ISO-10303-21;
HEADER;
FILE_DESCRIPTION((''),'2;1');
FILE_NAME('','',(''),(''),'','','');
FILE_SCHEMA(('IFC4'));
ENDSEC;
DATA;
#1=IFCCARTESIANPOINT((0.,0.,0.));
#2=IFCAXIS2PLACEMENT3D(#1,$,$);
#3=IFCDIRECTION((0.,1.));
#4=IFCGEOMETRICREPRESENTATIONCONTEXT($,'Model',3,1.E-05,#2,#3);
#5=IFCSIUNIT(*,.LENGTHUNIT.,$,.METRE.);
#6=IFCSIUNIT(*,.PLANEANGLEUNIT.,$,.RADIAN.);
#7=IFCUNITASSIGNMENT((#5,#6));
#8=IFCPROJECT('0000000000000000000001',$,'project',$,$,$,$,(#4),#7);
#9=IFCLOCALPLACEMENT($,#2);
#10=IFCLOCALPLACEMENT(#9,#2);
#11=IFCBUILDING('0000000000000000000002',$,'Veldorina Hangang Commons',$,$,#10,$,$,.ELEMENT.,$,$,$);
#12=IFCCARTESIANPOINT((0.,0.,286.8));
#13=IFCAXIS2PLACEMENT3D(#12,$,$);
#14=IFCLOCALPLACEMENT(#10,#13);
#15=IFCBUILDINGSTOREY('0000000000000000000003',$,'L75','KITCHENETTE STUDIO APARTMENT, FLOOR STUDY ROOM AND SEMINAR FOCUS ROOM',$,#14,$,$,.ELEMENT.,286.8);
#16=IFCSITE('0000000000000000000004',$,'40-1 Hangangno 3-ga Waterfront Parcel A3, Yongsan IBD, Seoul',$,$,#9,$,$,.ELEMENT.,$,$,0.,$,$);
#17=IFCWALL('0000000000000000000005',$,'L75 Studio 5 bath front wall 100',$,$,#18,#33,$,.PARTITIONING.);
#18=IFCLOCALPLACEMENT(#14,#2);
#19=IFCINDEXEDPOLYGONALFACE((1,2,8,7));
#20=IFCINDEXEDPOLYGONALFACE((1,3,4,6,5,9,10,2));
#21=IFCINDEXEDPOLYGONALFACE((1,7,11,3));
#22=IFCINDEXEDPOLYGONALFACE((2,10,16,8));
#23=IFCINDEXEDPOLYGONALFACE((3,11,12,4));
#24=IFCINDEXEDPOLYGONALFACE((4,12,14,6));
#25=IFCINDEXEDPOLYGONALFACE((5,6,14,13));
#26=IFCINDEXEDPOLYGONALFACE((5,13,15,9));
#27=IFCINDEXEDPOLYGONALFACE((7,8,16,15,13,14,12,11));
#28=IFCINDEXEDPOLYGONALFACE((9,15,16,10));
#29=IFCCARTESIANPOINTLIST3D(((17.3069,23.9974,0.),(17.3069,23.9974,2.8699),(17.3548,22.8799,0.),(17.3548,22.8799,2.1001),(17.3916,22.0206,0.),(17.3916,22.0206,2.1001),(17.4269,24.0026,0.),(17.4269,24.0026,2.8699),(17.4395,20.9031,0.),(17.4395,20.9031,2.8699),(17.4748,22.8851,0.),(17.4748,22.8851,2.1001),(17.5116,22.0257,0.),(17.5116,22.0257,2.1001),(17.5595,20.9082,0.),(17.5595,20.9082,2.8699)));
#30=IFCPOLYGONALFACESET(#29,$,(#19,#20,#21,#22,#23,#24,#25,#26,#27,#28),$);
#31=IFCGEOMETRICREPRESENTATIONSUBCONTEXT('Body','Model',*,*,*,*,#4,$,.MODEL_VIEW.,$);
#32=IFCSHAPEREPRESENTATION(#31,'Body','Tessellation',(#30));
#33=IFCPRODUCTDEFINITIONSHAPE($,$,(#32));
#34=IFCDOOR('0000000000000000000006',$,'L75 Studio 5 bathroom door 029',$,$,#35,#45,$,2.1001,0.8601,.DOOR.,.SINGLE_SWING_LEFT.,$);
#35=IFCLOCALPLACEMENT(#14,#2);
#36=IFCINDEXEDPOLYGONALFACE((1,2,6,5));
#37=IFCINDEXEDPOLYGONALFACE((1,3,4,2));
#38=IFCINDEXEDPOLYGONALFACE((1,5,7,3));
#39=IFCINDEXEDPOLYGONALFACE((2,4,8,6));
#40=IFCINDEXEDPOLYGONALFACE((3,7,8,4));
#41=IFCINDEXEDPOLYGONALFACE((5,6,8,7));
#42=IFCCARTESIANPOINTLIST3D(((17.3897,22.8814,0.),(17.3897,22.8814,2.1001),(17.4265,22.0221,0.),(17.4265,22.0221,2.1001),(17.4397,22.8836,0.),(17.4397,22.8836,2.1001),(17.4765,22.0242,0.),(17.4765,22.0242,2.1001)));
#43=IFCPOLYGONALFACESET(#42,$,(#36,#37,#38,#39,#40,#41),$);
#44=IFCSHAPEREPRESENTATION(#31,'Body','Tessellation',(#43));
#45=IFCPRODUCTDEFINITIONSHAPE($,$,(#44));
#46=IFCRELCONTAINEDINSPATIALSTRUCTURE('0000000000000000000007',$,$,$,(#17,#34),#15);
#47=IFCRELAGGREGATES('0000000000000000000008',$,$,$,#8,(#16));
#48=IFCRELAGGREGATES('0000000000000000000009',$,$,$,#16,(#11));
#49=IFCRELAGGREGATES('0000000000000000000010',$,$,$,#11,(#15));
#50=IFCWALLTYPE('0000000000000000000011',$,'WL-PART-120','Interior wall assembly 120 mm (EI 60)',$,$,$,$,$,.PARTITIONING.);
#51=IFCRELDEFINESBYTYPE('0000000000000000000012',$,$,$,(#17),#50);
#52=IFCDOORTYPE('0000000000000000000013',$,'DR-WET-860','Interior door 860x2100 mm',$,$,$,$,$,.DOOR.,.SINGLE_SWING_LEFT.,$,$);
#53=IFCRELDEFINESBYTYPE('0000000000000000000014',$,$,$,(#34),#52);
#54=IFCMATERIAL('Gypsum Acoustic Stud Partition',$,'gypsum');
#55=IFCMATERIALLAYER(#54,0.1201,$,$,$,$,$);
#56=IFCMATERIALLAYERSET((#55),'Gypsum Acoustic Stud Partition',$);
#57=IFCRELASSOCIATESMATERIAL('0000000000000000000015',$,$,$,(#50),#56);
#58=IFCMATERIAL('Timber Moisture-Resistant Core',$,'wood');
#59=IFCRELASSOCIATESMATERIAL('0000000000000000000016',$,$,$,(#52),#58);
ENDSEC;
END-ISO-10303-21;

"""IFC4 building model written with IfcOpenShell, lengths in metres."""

from ifc_helpers import new_model, si_unit, direction, frame, frame_2d, origin, place, context, subcontext, project, spatial, rectangle, extrude, material, layer, layer_set, type_object, element, fill, save


model = new_model("IFC4")

# Units and contexts
model_context = context("Model", 3, precision=1e-05, world=origin(), true_north=direction((0.0, 1.0)))
body_context = subcontext(model_context, "Body", "Model", "MODEL_VIEW")
ifc_project = project(units=[si_unit("LENGTHUNIT", "METRE"), si_unit("PLANEANGLEUNIT", "RADIAN")], contexts=[model_context])

# Site, building, storey
site_placement = place(None, origin())
site = spatial("IfcSite", under=ifc_project, at=site_placement, Name="40-1 Hangangno 3-ga Waterfront Parcel A3, Yongsan IBD, Seoul", CompositionType="ELEMENT", RefElevation=0.0)
building_placement = place(site_placement, origin())
building = spatial("IfcBuilding", under=site, at=building_placement, Name="Veldorina Hangang Commons", CompositionType="ELEMENT")
storey_placement = place(building_placement, frame((0.0, 0.0, 286.8)))
storey = spatial("IfcBuildingStorey", under=building, at=storey_placement, Name="L75", Description="KITCHENETTE STUDIO APARTMENT, FLOOR STUDY ROOM AND SEMINAR FOCUS ROOM", CompositionType="ELEMENT", Elevation=286.8)

# Shared definitions
ifc_material_1 = material(Name="Gypsum Acoustic Stud Partition", Category="gypsum")
ifc_layer_1 = layer(ifc_material_1, 0.1201)
ifc_layer_set_1 = layer_set([ifc_layer_1], Name="Gypsum Acoustic Stud Partition")
wall_type_1 = type_object("IfcWallType", Name="WL-PART-120", Description="Interior wall assembly 120 mm (EI 60)", PredefinedType="PARTITIONING", material=ifc_layer_set_1)

# Wall, opening, door
wall_1_placement = place(storey_placement, frame((17.3669, 24.0, 0.0), z_axis=(0.0, 0.0, 1.0), x_axis=(0.042804, -0.999083, 0.0)))
wall_1 = element("IfcWall", 1, at=wall_1_placement, inside=storey, type_object=wall_type_1, Name="L75 Studio 5 bath front wall 100", PredefinedType="PARTITIONING", context=body_context, shape_type="SweptSolid", body=[
    extrude(rectangle(XDim=3.0972, YDim=0.1201, at=frame_2d((1.5486, 0.0))), origin(), (0.0, 0.0, 1.0), 2.8699),
])
opening_1_placement = place(wall_1_placement, frame((1.1184, 0.0, 0.0)))
opening_1 = element("IfcOpeningElement", 2, at=opening_1_placement, cuts=wall_1, PredefinedType="OPENING", context=body_context, shape_type="SweptSolid", body=[
    extrude(rectangle(XDim=0.8601, YDim=2.1001, at=frame_2d((0.4302, 1.05))), frame((0.0, 0.0701, 0.0), z_axis=(0.0, -1.0, 0.0), x_axis=(1.0, 0.0, 0.0)), (0.0, 0.0, 1.0), 0.1401),
])
ifc_material_2 = material(Name="Timber Moisture-Resistant Core", Category="wood")
door_type_1 = type_object("IfcDoorType", Name="DR-WET-860", Description="Interior door 860x2100 mm", OperationType="SINGLE_SWING_LEFT", PredefinedType="DOOR", material=ifc_material_2)
door_1_placement = place(opening_1_placement, origin())
door_1 = element("IfcDoor", 3, at=door_1_placement, inside=storey, type_object=door_type_1, Name="L75 Studio 5 bathroom door 029", OperationType="SINGLE_SWING_LEFT", OverallHeight=2.1001, OverallWidth=0.8601, PredefinedType="DOOR", context=body_context, shape_type="SweptSolid", body=[
    extrude(rectangle(XDim=0.8601, YDim=2.1001, at=frame_2d((0.4302, 1.05))), frame((0.0, 0.0249, 0.0), z_axis=(0.0, -1.0, 0.0), x_axis=(1.0, 0.0, 0.0)), (0.0, 0.0, 1.0), 0.05),
])
fill(opening_1, door_1)

save(model, "model.ifc")
